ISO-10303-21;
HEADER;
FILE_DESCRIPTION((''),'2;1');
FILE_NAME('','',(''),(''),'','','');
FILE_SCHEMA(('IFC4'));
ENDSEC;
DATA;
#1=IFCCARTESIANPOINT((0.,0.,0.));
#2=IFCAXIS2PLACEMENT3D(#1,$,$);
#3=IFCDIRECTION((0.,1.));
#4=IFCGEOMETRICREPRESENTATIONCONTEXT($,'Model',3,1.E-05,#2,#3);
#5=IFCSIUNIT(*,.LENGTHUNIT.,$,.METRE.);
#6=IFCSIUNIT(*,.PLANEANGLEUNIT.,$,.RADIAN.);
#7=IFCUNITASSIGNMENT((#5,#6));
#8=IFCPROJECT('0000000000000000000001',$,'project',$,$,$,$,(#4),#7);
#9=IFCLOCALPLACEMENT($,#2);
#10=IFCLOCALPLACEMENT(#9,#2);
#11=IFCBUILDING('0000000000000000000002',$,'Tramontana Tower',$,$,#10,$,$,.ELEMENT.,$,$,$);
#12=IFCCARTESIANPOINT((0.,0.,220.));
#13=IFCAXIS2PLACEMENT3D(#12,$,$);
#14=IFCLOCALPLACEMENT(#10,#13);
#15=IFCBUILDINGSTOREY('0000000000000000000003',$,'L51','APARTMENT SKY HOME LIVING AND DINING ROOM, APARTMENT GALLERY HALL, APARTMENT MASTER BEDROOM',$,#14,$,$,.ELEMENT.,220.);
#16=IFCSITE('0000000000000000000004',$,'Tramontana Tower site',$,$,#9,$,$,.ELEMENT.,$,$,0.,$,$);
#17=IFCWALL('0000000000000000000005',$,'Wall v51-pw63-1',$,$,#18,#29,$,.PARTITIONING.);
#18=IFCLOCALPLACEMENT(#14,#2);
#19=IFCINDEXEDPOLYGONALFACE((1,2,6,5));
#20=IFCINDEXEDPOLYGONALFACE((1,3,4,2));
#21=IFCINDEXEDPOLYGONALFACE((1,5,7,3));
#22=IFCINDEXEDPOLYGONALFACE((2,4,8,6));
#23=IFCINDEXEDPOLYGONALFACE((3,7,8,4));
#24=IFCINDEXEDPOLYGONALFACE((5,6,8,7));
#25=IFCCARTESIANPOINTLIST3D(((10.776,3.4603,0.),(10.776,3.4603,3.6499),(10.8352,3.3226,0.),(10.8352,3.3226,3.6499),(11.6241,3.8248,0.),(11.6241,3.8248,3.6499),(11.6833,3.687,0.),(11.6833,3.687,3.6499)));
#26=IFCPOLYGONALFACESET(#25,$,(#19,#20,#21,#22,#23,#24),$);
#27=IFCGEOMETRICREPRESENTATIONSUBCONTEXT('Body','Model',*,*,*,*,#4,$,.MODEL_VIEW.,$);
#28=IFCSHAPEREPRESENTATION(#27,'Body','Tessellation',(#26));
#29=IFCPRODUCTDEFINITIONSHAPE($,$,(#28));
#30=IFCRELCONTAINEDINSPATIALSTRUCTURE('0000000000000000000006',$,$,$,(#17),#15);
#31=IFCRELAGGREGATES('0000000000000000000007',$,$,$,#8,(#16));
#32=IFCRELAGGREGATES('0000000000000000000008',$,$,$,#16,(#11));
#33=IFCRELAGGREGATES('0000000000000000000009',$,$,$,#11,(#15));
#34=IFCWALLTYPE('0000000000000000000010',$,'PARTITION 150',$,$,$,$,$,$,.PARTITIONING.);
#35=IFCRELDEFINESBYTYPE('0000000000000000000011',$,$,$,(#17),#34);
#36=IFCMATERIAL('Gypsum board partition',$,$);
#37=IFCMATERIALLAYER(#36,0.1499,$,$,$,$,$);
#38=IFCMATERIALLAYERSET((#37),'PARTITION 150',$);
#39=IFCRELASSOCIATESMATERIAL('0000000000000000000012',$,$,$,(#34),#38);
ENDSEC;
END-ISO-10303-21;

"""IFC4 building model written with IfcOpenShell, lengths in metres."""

from ifc_helpers import new_model, si_unit, direction, frame, frame_2d, origin, place, context, subcontext, project, spatial, rectangle, extrude, material, layer, layer_set, type_object, element, save


model = new_model("IFC4")

# Units and contexts
model_context = context("Model", 3, precision=1e-05, world=origin(), true_north=direction((0.0, 1.0)))
body_context = subcontext(model_context, "Body", "Model", "MODEL_VIEW")
ifc_project = project(units=[si_unit("LENGTHUNIT", "METRE"), si_unit("PLANEANGLEUNIT", "RADIAN")], contexts=[model_context])

# Site, building, storey
site_placement = place(None, origin())
site = spatial("IfcSite", under=ifc_project, at=site_placement, Name="Tramontana Tower site", CompositionType="ELEMENT", RefElevation=0.0)
building_placement = place(site_placement, origin())
building = spatial("IfcBuilding", under=site, at=building_placement, Name="Tramontana Tower", CompositionType="ELEMENT")
storey_placement = place(building_placement, frame((0.0, 0.0, 220.0)))
storey = spatial("IfcBuildingStorey", under=building, at=storey_placement, Name="L51", Description="APARTMENT SKY HOME LIVING AND DINING ROOM, APARTMENT GALLERY HALL, APARTMENT MASTER BEDROOM", CompositionType="ELEMENT", Elevation=220.0)

# Shared definitions
ifc_material_1 = material(Name="Gypsum board partition")
ifc_layer_1 = layer(ifc_material_1, 0.1499)
ifc_layer_set_1 = layer_set([ifc_layer_1], Name="PARTITION 150")
wall_type_1 = type_object("IfcWallType", Name="PARTITION 150", PredefinedType="PARTITIONING", material=ifc_layer_set_1)

# Wall
wall_1_placement = place(storey_placement, frame((11.6536, 3.7559, 0.0), z_axis=(0.0, 0.0, 1.0), x_axis=(-0.918748, -0.394845, 0.0)))
element("IfcWall", 1, at=wall_1_placement, inside=storey, type_object=wall_type_1, Name="Wall v51-pw63-1", PredefinedType="PARTITIONING", context=body_context, shape_type="SweptSolid", body=[
    extrude(rectangle(XDim=0.9231, YDim=0.1499, at=frame_2d((0.4614, 0.0))), origin(), (0.0, 0.0, 1.0), 3.6499),
])

save(model, "model.ifc")
